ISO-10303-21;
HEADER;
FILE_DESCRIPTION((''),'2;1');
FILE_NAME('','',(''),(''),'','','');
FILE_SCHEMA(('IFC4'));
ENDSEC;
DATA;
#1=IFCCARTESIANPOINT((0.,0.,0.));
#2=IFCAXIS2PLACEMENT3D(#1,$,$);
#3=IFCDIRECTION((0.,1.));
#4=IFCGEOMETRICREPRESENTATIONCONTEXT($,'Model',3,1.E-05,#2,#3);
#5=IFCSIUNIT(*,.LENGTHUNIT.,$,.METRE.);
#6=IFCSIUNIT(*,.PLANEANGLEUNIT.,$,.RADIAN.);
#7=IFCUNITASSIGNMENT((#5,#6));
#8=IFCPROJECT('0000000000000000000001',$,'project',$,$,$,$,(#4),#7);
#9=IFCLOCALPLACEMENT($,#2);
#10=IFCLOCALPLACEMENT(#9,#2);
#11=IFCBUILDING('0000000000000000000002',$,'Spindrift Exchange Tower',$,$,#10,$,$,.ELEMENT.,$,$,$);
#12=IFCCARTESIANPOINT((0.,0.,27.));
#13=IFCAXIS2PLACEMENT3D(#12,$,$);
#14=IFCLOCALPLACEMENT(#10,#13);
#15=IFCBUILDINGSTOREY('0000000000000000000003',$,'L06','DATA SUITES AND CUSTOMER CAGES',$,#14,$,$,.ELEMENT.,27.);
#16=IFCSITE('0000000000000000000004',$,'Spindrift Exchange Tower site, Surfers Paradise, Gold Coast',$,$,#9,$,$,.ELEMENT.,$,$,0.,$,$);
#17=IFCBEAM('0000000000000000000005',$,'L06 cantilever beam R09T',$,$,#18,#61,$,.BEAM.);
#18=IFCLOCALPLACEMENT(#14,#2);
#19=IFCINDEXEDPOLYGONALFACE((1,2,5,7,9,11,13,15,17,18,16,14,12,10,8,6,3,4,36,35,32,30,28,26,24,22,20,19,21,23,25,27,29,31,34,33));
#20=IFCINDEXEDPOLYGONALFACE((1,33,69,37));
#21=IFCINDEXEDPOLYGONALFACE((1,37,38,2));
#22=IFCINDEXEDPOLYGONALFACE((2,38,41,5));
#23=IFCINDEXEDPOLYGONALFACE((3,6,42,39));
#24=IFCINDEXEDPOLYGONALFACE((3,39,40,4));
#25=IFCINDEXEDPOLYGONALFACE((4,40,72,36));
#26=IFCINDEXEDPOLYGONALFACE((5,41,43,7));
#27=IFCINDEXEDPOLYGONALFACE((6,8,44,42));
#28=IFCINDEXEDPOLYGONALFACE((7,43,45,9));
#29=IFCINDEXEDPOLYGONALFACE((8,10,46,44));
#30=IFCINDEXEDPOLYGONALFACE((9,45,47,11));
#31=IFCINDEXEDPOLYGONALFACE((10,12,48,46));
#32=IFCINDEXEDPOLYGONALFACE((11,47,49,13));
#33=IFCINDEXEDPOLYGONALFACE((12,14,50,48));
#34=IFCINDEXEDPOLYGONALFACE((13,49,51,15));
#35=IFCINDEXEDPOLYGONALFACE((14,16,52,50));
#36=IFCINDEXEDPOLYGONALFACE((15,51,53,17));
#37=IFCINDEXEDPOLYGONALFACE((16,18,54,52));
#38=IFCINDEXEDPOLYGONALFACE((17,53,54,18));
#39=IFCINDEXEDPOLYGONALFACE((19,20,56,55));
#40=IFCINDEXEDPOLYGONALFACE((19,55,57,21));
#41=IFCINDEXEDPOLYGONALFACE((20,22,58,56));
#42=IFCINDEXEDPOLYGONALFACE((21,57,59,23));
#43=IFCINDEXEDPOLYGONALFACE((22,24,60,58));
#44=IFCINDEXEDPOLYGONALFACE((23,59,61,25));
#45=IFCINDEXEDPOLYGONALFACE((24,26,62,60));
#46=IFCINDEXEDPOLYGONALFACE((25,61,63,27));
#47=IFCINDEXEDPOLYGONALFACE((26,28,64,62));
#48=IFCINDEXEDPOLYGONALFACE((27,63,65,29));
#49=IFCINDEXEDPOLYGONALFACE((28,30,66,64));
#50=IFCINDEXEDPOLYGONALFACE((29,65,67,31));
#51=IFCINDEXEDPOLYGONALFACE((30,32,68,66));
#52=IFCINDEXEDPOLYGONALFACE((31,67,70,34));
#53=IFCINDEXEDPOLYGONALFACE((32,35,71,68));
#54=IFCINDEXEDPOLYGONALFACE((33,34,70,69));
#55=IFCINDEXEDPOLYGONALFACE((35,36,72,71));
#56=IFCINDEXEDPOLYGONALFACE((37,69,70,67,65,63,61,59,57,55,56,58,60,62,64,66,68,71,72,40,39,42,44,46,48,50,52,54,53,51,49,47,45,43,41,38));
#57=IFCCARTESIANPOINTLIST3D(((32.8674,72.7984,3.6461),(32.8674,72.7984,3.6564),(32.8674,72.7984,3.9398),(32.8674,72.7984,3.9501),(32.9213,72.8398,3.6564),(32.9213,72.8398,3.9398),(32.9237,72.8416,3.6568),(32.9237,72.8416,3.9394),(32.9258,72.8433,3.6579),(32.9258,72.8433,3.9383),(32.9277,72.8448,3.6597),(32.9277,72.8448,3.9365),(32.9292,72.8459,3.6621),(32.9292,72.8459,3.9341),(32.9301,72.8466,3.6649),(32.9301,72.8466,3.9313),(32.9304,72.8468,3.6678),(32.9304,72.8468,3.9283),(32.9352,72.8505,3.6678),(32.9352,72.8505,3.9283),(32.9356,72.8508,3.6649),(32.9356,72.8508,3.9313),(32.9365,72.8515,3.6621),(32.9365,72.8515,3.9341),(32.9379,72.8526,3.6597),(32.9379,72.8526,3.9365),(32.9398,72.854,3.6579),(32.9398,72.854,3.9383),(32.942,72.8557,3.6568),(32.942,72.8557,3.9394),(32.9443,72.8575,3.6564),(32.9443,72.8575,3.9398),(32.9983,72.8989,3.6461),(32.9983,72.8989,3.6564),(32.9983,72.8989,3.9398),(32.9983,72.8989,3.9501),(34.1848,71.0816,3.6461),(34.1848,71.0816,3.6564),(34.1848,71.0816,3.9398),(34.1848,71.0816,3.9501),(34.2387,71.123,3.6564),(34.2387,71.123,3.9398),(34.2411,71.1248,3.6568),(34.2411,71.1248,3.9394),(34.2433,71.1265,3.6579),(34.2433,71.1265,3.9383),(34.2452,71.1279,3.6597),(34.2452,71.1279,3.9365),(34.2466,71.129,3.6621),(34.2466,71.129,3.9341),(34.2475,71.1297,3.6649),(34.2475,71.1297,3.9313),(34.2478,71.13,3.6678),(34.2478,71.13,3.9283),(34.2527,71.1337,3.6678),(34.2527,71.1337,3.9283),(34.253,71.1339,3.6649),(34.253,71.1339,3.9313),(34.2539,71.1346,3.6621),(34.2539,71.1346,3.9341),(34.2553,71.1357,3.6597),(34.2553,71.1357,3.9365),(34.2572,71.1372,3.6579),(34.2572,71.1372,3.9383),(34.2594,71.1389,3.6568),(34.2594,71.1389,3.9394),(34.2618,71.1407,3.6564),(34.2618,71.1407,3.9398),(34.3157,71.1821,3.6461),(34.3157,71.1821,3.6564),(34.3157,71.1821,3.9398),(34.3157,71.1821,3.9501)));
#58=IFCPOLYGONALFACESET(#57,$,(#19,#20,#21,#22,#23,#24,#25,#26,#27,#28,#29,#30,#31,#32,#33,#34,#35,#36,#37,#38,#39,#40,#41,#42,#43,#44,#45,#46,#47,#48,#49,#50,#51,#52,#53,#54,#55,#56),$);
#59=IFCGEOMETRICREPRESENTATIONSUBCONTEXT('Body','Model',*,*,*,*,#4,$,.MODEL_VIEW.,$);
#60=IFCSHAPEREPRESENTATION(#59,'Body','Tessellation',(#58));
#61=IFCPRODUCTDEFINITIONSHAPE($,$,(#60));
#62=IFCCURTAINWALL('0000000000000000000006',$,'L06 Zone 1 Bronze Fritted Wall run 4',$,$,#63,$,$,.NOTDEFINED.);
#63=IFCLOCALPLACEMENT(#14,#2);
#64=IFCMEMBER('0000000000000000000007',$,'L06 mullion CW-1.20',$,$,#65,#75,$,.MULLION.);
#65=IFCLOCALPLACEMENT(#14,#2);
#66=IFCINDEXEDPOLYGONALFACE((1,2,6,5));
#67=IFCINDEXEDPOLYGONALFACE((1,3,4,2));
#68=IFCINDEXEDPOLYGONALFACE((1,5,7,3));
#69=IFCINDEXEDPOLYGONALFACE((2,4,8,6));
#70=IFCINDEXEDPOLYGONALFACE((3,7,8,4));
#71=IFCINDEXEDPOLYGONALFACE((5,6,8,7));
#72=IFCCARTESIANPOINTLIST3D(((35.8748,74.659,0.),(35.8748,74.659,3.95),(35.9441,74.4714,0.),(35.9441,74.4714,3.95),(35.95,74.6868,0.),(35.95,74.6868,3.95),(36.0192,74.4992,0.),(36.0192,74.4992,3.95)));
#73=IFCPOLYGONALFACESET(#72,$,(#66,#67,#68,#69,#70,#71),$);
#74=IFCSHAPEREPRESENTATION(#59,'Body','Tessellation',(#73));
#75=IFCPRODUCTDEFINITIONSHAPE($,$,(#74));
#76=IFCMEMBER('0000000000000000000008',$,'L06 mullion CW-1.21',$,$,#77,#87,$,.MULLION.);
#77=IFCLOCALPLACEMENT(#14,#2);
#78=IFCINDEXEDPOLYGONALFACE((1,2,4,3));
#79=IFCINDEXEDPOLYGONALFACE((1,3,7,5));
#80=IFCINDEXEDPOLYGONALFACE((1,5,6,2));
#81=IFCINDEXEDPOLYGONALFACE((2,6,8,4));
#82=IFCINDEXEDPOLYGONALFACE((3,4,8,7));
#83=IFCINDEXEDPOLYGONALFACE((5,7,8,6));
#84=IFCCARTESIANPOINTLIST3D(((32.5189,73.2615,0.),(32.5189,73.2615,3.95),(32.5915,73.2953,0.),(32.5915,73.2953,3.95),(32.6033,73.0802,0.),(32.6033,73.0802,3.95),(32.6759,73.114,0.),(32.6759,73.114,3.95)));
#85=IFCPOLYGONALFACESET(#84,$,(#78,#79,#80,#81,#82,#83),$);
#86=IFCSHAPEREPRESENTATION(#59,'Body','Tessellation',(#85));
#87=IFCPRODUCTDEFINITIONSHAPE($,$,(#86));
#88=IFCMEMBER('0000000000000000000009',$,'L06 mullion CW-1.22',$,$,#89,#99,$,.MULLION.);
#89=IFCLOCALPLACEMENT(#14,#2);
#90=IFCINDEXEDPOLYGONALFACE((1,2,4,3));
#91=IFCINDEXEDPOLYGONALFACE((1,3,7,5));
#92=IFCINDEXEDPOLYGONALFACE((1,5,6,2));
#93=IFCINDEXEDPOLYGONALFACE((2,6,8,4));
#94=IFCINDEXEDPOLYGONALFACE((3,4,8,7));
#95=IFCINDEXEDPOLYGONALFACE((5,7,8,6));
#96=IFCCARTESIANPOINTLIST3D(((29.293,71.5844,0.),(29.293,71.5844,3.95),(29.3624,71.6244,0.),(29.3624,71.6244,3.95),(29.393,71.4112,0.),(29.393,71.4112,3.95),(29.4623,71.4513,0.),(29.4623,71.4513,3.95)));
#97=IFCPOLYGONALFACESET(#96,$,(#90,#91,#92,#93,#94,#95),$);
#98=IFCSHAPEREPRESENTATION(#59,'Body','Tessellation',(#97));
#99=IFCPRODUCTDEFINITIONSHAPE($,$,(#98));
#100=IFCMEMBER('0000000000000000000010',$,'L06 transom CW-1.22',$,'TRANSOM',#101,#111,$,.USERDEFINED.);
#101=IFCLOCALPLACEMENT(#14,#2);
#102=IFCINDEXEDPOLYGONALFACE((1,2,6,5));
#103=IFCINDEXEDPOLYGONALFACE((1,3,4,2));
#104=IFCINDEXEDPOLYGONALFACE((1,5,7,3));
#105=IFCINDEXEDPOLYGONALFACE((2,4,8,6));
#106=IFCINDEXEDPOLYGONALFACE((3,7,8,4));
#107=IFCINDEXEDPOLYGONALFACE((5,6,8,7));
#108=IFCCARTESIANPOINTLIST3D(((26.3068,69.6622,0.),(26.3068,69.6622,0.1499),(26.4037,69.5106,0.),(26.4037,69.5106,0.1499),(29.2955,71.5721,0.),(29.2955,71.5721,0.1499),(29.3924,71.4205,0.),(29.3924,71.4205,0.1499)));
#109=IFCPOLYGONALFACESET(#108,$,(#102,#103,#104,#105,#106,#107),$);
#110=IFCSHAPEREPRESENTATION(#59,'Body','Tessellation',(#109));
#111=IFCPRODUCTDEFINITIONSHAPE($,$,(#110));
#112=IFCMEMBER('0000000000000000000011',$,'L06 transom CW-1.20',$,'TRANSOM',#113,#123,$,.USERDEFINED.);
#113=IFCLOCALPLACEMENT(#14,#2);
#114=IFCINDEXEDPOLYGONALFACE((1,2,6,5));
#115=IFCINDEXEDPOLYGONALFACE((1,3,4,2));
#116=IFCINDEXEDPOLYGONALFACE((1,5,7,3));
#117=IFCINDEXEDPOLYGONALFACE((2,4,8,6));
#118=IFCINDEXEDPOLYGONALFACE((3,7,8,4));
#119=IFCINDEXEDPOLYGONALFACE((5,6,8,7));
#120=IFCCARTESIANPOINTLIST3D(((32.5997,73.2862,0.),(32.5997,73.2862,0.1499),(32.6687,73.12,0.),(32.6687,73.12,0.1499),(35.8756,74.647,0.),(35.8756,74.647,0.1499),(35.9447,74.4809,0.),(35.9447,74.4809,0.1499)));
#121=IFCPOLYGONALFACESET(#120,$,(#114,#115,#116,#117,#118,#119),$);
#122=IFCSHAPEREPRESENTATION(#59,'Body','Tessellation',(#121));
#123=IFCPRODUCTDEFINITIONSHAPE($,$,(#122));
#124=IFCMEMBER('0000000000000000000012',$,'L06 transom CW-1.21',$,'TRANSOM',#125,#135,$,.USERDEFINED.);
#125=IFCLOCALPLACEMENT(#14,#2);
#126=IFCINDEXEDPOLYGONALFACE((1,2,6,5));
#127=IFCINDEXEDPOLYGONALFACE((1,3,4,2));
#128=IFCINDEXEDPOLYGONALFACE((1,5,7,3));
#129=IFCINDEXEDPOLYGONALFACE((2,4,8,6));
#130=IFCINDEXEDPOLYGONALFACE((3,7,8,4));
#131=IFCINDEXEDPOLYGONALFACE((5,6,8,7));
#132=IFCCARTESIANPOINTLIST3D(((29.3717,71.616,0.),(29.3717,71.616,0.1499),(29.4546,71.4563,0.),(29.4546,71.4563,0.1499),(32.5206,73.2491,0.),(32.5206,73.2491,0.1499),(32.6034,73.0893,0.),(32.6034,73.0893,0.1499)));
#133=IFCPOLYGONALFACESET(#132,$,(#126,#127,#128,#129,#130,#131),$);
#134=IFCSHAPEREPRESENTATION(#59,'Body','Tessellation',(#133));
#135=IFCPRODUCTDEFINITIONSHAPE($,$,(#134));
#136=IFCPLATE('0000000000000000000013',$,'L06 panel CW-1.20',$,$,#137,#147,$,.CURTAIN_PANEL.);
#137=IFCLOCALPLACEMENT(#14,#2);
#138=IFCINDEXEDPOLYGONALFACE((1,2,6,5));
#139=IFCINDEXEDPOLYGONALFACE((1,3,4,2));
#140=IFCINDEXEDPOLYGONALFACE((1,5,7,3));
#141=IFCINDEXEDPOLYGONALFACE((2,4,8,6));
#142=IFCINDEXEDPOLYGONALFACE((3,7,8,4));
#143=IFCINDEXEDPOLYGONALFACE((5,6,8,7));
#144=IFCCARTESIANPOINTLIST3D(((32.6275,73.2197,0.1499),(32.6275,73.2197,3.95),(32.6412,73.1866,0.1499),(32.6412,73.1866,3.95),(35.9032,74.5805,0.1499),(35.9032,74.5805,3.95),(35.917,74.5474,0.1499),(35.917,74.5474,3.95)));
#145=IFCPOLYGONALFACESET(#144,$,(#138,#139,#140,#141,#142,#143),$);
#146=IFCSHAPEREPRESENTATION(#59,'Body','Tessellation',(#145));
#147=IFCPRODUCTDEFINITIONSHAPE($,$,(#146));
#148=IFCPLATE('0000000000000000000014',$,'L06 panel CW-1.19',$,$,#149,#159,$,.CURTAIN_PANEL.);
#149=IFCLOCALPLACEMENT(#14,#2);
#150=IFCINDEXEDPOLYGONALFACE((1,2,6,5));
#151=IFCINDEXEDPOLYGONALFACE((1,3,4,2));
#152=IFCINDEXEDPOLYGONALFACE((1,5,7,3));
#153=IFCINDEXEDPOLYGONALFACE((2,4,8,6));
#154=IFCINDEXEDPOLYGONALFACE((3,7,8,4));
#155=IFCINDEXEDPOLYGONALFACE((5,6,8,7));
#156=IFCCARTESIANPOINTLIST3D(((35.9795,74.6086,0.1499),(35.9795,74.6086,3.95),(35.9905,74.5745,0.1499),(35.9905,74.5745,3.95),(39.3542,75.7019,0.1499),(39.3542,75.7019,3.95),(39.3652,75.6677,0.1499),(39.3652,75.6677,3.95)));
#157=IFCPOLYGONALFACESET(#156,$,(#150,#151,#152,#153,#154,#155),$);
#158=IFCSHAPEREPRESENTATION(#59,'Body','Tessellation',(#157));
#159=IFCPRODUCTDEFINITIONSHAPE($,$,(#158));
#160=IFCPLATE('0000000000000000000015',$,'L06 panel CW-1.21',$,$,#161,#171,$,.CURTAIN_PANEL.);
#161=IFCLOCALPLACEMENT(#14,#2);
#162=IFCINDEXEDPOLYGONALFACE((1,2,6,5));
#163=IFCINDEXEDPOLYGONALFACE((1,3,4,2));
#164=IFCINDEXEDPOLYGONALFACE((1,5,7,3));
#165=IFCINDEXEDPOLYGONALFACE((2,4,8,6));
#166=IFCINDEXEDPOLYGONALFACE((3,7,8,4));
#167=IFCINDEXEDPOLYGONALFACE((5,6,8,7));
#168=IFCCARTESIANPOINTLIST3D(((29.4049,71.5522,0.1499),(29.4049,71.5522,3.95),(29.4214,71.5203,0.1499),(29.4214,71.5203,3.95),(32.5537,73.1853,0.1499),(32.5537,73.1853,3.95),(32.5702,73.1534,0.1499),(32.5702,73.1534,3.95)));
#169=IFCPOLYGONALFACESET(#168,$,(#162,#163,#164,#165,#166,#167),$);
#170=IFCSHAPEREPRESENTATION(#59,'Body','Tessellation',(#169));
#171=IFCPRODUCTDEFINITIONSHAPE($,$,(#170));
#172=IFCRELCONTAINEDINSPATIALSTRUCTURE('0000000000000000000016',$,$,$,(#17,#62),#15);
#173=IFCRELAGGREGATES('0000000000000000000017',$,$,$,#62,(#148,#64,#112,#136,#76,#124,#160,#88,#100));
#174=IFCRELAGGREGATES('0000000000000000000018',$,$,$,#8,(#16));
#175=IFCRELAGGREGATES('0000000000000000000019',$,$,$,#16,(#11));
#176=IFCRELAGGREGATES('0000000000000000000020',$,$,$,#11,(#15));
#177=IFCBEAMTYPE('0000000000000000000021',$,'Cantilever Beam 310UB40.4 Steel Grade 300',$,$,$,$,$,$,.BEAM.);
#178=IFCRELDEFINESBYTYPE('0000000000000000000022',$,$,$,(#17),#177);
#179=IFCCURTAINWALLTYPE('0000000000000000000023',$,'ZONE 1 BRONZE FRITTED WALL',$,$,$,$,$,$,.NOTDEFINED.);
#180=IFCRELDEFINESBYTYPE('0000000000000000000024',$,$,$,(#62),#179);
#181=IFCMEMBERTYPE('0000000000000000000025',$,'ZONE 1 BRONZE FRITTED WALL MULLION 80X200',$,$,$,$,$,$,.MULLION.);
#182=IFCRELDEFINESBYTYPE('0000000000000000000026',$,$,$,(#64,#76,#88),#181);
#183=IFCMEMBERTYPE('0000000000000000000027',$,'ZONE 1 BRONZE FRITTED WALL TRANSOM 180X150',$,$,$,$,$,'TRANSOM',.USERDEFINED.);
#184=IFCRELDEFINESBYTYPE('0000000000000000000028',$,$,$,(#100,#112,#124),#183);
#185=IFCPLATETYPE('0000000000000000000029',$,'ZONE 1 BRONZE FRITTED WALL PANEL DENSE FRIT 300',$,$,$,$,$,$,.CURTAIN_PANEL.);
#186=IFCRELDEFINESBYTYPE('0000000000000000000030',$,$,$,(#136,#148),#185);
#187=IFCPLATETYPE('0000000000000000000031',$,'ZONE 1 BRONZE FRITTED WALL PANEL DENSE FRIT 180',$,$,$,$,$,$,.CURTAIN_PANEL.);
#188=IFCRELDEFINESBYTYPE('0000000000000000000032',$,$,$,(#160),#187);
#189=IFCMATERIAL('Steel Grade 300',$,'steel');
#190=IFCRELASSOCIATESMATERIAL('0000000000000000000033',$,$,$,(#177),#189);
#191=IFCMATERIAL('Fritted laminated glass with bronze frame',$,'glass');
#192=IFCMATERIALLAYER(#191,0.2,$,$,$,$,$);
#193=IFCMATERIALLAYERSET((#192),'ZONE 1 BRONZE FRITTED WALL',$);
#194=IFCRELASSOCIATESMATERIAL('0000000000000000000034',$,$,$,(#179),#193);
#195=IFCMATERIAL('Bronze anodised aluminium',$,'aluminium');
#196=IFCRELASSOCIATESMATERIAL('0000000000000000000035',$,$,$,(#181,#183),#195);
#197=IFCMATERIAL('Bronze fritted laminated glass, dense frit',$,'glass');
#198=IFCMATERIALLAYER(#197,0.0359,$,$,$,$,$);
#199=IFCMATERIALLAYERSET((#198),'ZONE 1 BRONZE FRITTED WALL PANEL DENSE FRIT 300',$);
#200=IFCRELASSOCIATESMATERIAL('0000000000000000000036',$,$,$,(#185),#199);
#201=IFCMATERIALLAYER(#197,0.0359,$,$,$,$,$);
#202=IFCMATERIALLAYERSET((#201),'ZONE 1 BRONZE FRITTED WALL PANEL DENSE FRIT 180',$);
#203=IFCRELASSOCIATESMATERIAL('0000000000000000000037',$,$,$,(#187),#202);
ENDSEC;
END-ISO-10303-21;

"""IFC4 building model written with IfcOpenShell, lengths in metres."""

from ifc_helpers import new_model, si_unit, direction, frame, origin, origin_2d, place, context, subcontext, project, spatial, rectangle, i_section, extrude, source, transform, mapped, material, layer, layer_set, material_profile, profile_set, type_object, element, aggregate, save


model = new_model("IFC4")

# Units and contexts
model_context = context("Model", 3, precision=1e-05, world=origin(), true_north=direction((0.0, 1.0)))
body_context = subcontext(model_context, "Body", "Model", "MODEL_VIEW")
ifc_project = project(units=[si_unit("LENGTHUNIT", "METRE"), si_unit("PLANEANGLEUNIT", "RADIAN")], contexts=[model_context])

# Site, building, storey
site_placement = place(None, origin())
site = spatial("IfcSite", under=ifc_project, at=site_placement, Name="Spindrift Exchange Tower site, Surfers Paradise, Gold Coast", CompositionType="ELEMENT", RefElevation=0.0)
building_placement = place(site_placement, origin())
building = spatial("IfcBuilding", under=site, at=building_placement, Name="Spindrift Exchange Tower", CompositionType="ELEMENT")
storey_placement = place(building_placement, frame((0.0, 0.0, 27.0)))
storey = spatial("IfcBuildingStorey", under=building, at=storey_placement, Name="L06", Description="DATA SUITES AND CUSTOMER CAGES", CompositionType="ELEMENT", Elevation=27.0)

# Beam
ifc_material_1 = material(Name="Steel Grade 300", Category="steel")
ifc_material_profile_1 = material_profile(ifc_material_1, i_section(OverallWidth=0.165, OverallDepth=0.304, WebThickness=0.0061, FlangeThickness=0.0103, FilletRadius=0.0115, at=origin_2d()), Name="310UB40.4")
ifc_profile_set_1 = profile_set([ifc_material_profile_1], Name="Steel Grade 300")
beam_type_1 = type_object("IfcBeamType", Name="Cantilever Beam 310UB40.4 Steel Grade 300", PredefinedType="BEAM", material=ifc_profile_set_1)
shared_shape_1 = source(origin(), body_context, "Body", "SweptSolid", [
    extrude(i_section(OverallWidth=0.165, OverallDepth=0.304, WebThickness=0.0061, FlangeThickness=0.0103, FilletRadius=0.0115, at=origin_2d()), origin(), (0.0, 0.0, 1.0), 2.1641),
])
beam_1_placement = place(storey_placement, frame((34.2502, 71.1318, 3.7981), z_axis=(-0.608773, 0.793345, 0.0), x_axis=(-0.793345, -0.608773, 0.0)))
element("IfcBeam", 1, at=beam_1_placement, inside=storey, type_object=beam_type_1, Name="L06 cantilever beam R09T", PredefinedType="BEAM", context=body_context, shape_type="MappedRepresentation", body=[
    mapped(shared_shape_1, transform((0.0, 0.0, 0.0), scale=1.0)),
])

# Curtain wall, members, plates
ifc_material_2 = material(Name="Fritted laminated glass with bronze frame", Category="glass")
ifc_layer_1 = layer(ifc_material_2, 0.2)
ifc_layer_set_1 = layer_set([ifc_layer_1], Name="ZONE 1 BRONZE FRITTED WALL")
curtain_wall_type = type_object("IfcCurtainWallType", Name="ZONE 1 BRONZE FRITTED WALL", PredefinedType="NOTDEFINED", material=ifc_layer_set_1)
curtain_wall_placement = place(storey_placement, origin())
curtain_wall = element("IfcCurtainWall", 2, at=curtain_wall_placement, inside=storey, type_object=curtain_wall_type, Name="L06 Zone 1 Bronze Fritted Wall run 4", PredefinedType="NOTDEFINED")
ifc_material_3 = material(Name="Bronze anodised aluminium", Category="aluminium")
ifc_material_profile_2 = material_profile(ifc_material_3, rectangle(XDim=0.0801, YDim=0.2, at=origin_2d()), Name="ZONE 1 BRONZE FRITTED WALL MULLION 80X200")
ifc_profile_set_2 = profile_set([ifc_material_profile_2], Name="Bronze anodised aluminium")
member_type_1 = type_object("IfcMemberType", Name="ZONE 1 BRONZE FRITTED WALL MULLION 80X200", PredefinedType="MULLION", material=ifc_profile_set_2)
shared_shape_2 = source(origin(), body_context, "Body", "SweptSolid", [
    extrude(rectangle(XDim=0.0801, YDim=0.2, at=origin_2d()), origin(), (0.0, 0.0, 1.0), 3.95),
])
member_1_placement = place(storey_placement, frame((35.947, 74.5791, 0.0), z_axis=(0.0, 0.0, 1.0), x_axis=(-0.938164, -0.34619, 0.0)))
member_1 = element("IfcMember", 3, at=member_1_placement, type_object=member_type_1, Name="L06 mullion CW-1.20", PredefinedType="MULLION", context=body_context, shape_type="MappedRepresentation", body=[
    mapped(shared_shape_2, transform((0.0, 0.0, 0.0), scale=1.0)),
])
member_2_placement = place(storey_placement, frame((32.5974, 73.1877, 0.0), z_axis=(0.0, 0.0, 1.0), x_axis=(-0.906414, -0.422391, 0.0)))
member_2 = element("IfcMember", 4, at=member_2_placement, type_object=member_type_1, Name="L06 mullion CW-1.21", PredefinedType="MULLION", context=body_context, shape_type="MappedRepresentation", body=[
    mapped(shared_shape_2, transform((0.0, 0.0, 0.0), scale=1.0)),
])
member_3_placement = place(storey_placement, frame((29.3777, 71.5178, 0.0), z_axis=(0.0, 0.0, 1.0), x_axis=(-0.866064, -0.499934, 0.0)))
member_3 = element("IfcMember", 5, at=member_3_placement, type_object=member_type_1, Name="L06 mullion CW-1.22", PredefinedType="MULLION", context=body_context, shape_type="MappedRepresentation", body=[
    mapped(shared_shape_2, transform((0.0, 0.0, 0.0), scale=1.0)),
])
ifc_material_profile_3 = material_profile(ifc_material_3, rectangle(XDim=0.1799, YDim=0.1499, at=origin_2d()), Name="ZONE 1 BRONZE FRITTED WALL TRANSOM 180X150")
ifc_profile_set_3 = profile_set([ifc_material_profile_3], Name="Bronze anodised aluminium")
member_type_2 = type_object("IfcMemberType", Name="ZONE 1 BRONZE FRITTED WALL TRANSOM 180X150", ElementType="TRANSOM", PredefinedType="USERDEFINED", material=ifc_profile_set_3)
shared_shape_3 = source(origin(), body_context, "Body", "SweptSolid", [
    extrude(rectangle(XDim=0.1799, YDim=0.1499, at=origin_2d()), origin(), (0.0, 0.0, 1.0), 3.5469),
])
member_4_placement = place(storey_placement, frame((29.344, 71.4963, 0.075), z_axis=(-0.842642, -0.538473, 0.0), x_axis=(0.538473, -0.842642, 0.0)))
member_4 = element("IfcMember", 6, at=member_4_placement, type_object=member_type_2, Name="L06 transom CW-1.22", ObjectType="TRANSOM", PredefinedType="USERDEFINED", context=body_context, shape_type="MappedRepresentation", body=[
    mapped(shared_shape_3, transform((0.0, 0.0, 0.0), scale=1.0)),
])
shared_shape_4 = source(origin(), body_context, "Body", "SweptSolid", [
    extrude(rectangle(XDim=0.1799, YDim=0.1499, at=origin_2d()), origin(), (0.0, 0.0, 1.0), 3.5474),
])
member_5_placement = place(storey_placement, frame((35.9102, 74.564, 0.075), z_axis=(-0.923488, -0.383628, 0.0), x_axis=(0.383628, -0.923488, 0.0)))
member_5 = element("IfcMember", 7, at=member_5_placement, type_object=member_type_2, Name="L06 transom CW-1.20", ObjectType="TRANSOM", PredefinedType="USERDEFINED", context=body_context, shape_type="MappedRepresentation", body=[
    mapped(shared_shape_4, transform((0.0, 0.0, 0.0), scale=1.0)),
])
shared_shape_5 = source(origin(), body_context, "Body", "SweptSolid", [
    extrude(rectangle(XDim=0.1799, YDim=0.1499, at=origin_2d()), origin(), (0.0, 0.0, 1.0), 3.5471),
])
member_6_placement = place(storey_placement, frame((32.562, 73.1692, 0.075), z_axis=(-0.887722, -0.460379, 0.0), x_axis=(0.460379, -0.887722, 0.0)))
member_6 = element("IfcMember", 8, at=member_6_placement, type_object=member_type_2, Name="L06 transom CW-1.21", ObjectType="TRANSOM", PredefinedType="USERDEFINED", context=body_context, shape_type="MappedRepresentation", body=[
    mapped(shared_shape_5, transform((0.0, 0.0, 0.0), scale=1.0)),
])
ifc_material_4 = material(Name="Bronze fritted laminated glass, dense frit", Category="glass")
ifc_layer_2 = layer(ifc_material_4, 0.0359)
ifc_layer_set_2 = layer_set([ifc_layer_2], Name="ZONE 1 BRONZE FRITTED WALL PANEL DENSE FRIT 300")
plate_type_1 = type_object("IfcPlateType", Name="ZONE 1 BRONZE FRITTED WALL PANEL DENSE FRIT 300", PredefinedType="CURTAIN_PANEL", material=ifc_layer_set_2)
shared_shape_6 = source(origin(), body_context, "Body", "SweptSolid", [
    extrude(rectangle(XDim=3.5471, YDim=0.0359, at=origin_2d()), origin(), (0.0, 0.0, 1.0), 3.8),
])
plate_1_placement = place(storey_placement, frame((34.2722, 73.8835, 0.1499), z_axis=(0.0, 0.0, 1.0), x_axis=(-0.923488, -0.383627, 0.0)))
plate_1 = element("IfcPlate", 9, at=plate_1_placement, type_object=plate_type_1, Name="L06 panel CW-1.20", PredefinedType="CURTAIN_PANEL", context=body_context, shape_type="MappedRepresentation", body=[
    mapped(shared_shape_6, transform((0.0, 0.0, 0.0), scale=1.0)),
])
shared_shape_7 = source(origin(), body_context, "Body", "SweptSolid", [
    extrude(rectangle(XDim=3.5474, YDim=0.0359, at=origin_2d()), origin(), (0.0, 0.0, 1.0), 3.8),
])
plate_2_placement = place(storey_placement, frame((37.6724, 75.1382, 0.1499), z_axis=(0.0, 0.0, 1.0), x_axis=(-0.951324, -0.308194, 0.0)))
plate_2 = element("IfcPlate", 10, at=plate_2_placement, type_object=plate_type_1, Name="L06 panel CW-1.19", PredefinedType="CURTAIN_PANEL", context=body_context, shape_type="MappedRepresentation", body=[
    mapped(shared_shape_7, transform((0.0, 0.0, 0.0), scale=1.0)),
])
ifc_layer_3 = layer(ifc_material_4, 0.0359)
ifc_layer_set_3 = layer_set([ifc_layer_3], Name="ZONE 1 BRONZE FRITTED WALL PANEL DENSE FRIT 180")
plate_type_2 = type_object("IfcPlateType", Name="ZONE 1 BRONZE FRITTED WALL PANEL DENSE FRIT 180", PredefinedType="CURTAIN_PANEL", material=ifc_layer_set_3)
shared_shape_8 = source(origin(), body_context, "Body", "SweptSolid", [
    extrude(rectangle(XDim=3.5471, YDim=0.0359, at=origin_2d()), origin(), (0.0, 0.0, 1.0), 3.8),
])
plate_3_placement = place(storey_placement, frame((30.9875, 72.3528, 0.1499), z_axis=(0.0, 0.0, 1.0), x_axis=(-0.887713, -0.460398, 0.0)))
plate_3 = element("IfcPlate", 11, at=plate_3_placement, type_object=plate_type_2, Name="L06 panel CW-1.21", PredefinedType="CURTAIN_PANEL", context=body_context, shape_type="MappedRepresentation", body=[
    mapped(shared_shape_8, transform((0.0, 0.0, 0.0), scale=1.0)),
])
aggregate(curtain_wall, [plate_2, member_1, member_5, plate_1, member_2, member_6, plate_3, member_3, member_4])

save(model, "model.ifc")
